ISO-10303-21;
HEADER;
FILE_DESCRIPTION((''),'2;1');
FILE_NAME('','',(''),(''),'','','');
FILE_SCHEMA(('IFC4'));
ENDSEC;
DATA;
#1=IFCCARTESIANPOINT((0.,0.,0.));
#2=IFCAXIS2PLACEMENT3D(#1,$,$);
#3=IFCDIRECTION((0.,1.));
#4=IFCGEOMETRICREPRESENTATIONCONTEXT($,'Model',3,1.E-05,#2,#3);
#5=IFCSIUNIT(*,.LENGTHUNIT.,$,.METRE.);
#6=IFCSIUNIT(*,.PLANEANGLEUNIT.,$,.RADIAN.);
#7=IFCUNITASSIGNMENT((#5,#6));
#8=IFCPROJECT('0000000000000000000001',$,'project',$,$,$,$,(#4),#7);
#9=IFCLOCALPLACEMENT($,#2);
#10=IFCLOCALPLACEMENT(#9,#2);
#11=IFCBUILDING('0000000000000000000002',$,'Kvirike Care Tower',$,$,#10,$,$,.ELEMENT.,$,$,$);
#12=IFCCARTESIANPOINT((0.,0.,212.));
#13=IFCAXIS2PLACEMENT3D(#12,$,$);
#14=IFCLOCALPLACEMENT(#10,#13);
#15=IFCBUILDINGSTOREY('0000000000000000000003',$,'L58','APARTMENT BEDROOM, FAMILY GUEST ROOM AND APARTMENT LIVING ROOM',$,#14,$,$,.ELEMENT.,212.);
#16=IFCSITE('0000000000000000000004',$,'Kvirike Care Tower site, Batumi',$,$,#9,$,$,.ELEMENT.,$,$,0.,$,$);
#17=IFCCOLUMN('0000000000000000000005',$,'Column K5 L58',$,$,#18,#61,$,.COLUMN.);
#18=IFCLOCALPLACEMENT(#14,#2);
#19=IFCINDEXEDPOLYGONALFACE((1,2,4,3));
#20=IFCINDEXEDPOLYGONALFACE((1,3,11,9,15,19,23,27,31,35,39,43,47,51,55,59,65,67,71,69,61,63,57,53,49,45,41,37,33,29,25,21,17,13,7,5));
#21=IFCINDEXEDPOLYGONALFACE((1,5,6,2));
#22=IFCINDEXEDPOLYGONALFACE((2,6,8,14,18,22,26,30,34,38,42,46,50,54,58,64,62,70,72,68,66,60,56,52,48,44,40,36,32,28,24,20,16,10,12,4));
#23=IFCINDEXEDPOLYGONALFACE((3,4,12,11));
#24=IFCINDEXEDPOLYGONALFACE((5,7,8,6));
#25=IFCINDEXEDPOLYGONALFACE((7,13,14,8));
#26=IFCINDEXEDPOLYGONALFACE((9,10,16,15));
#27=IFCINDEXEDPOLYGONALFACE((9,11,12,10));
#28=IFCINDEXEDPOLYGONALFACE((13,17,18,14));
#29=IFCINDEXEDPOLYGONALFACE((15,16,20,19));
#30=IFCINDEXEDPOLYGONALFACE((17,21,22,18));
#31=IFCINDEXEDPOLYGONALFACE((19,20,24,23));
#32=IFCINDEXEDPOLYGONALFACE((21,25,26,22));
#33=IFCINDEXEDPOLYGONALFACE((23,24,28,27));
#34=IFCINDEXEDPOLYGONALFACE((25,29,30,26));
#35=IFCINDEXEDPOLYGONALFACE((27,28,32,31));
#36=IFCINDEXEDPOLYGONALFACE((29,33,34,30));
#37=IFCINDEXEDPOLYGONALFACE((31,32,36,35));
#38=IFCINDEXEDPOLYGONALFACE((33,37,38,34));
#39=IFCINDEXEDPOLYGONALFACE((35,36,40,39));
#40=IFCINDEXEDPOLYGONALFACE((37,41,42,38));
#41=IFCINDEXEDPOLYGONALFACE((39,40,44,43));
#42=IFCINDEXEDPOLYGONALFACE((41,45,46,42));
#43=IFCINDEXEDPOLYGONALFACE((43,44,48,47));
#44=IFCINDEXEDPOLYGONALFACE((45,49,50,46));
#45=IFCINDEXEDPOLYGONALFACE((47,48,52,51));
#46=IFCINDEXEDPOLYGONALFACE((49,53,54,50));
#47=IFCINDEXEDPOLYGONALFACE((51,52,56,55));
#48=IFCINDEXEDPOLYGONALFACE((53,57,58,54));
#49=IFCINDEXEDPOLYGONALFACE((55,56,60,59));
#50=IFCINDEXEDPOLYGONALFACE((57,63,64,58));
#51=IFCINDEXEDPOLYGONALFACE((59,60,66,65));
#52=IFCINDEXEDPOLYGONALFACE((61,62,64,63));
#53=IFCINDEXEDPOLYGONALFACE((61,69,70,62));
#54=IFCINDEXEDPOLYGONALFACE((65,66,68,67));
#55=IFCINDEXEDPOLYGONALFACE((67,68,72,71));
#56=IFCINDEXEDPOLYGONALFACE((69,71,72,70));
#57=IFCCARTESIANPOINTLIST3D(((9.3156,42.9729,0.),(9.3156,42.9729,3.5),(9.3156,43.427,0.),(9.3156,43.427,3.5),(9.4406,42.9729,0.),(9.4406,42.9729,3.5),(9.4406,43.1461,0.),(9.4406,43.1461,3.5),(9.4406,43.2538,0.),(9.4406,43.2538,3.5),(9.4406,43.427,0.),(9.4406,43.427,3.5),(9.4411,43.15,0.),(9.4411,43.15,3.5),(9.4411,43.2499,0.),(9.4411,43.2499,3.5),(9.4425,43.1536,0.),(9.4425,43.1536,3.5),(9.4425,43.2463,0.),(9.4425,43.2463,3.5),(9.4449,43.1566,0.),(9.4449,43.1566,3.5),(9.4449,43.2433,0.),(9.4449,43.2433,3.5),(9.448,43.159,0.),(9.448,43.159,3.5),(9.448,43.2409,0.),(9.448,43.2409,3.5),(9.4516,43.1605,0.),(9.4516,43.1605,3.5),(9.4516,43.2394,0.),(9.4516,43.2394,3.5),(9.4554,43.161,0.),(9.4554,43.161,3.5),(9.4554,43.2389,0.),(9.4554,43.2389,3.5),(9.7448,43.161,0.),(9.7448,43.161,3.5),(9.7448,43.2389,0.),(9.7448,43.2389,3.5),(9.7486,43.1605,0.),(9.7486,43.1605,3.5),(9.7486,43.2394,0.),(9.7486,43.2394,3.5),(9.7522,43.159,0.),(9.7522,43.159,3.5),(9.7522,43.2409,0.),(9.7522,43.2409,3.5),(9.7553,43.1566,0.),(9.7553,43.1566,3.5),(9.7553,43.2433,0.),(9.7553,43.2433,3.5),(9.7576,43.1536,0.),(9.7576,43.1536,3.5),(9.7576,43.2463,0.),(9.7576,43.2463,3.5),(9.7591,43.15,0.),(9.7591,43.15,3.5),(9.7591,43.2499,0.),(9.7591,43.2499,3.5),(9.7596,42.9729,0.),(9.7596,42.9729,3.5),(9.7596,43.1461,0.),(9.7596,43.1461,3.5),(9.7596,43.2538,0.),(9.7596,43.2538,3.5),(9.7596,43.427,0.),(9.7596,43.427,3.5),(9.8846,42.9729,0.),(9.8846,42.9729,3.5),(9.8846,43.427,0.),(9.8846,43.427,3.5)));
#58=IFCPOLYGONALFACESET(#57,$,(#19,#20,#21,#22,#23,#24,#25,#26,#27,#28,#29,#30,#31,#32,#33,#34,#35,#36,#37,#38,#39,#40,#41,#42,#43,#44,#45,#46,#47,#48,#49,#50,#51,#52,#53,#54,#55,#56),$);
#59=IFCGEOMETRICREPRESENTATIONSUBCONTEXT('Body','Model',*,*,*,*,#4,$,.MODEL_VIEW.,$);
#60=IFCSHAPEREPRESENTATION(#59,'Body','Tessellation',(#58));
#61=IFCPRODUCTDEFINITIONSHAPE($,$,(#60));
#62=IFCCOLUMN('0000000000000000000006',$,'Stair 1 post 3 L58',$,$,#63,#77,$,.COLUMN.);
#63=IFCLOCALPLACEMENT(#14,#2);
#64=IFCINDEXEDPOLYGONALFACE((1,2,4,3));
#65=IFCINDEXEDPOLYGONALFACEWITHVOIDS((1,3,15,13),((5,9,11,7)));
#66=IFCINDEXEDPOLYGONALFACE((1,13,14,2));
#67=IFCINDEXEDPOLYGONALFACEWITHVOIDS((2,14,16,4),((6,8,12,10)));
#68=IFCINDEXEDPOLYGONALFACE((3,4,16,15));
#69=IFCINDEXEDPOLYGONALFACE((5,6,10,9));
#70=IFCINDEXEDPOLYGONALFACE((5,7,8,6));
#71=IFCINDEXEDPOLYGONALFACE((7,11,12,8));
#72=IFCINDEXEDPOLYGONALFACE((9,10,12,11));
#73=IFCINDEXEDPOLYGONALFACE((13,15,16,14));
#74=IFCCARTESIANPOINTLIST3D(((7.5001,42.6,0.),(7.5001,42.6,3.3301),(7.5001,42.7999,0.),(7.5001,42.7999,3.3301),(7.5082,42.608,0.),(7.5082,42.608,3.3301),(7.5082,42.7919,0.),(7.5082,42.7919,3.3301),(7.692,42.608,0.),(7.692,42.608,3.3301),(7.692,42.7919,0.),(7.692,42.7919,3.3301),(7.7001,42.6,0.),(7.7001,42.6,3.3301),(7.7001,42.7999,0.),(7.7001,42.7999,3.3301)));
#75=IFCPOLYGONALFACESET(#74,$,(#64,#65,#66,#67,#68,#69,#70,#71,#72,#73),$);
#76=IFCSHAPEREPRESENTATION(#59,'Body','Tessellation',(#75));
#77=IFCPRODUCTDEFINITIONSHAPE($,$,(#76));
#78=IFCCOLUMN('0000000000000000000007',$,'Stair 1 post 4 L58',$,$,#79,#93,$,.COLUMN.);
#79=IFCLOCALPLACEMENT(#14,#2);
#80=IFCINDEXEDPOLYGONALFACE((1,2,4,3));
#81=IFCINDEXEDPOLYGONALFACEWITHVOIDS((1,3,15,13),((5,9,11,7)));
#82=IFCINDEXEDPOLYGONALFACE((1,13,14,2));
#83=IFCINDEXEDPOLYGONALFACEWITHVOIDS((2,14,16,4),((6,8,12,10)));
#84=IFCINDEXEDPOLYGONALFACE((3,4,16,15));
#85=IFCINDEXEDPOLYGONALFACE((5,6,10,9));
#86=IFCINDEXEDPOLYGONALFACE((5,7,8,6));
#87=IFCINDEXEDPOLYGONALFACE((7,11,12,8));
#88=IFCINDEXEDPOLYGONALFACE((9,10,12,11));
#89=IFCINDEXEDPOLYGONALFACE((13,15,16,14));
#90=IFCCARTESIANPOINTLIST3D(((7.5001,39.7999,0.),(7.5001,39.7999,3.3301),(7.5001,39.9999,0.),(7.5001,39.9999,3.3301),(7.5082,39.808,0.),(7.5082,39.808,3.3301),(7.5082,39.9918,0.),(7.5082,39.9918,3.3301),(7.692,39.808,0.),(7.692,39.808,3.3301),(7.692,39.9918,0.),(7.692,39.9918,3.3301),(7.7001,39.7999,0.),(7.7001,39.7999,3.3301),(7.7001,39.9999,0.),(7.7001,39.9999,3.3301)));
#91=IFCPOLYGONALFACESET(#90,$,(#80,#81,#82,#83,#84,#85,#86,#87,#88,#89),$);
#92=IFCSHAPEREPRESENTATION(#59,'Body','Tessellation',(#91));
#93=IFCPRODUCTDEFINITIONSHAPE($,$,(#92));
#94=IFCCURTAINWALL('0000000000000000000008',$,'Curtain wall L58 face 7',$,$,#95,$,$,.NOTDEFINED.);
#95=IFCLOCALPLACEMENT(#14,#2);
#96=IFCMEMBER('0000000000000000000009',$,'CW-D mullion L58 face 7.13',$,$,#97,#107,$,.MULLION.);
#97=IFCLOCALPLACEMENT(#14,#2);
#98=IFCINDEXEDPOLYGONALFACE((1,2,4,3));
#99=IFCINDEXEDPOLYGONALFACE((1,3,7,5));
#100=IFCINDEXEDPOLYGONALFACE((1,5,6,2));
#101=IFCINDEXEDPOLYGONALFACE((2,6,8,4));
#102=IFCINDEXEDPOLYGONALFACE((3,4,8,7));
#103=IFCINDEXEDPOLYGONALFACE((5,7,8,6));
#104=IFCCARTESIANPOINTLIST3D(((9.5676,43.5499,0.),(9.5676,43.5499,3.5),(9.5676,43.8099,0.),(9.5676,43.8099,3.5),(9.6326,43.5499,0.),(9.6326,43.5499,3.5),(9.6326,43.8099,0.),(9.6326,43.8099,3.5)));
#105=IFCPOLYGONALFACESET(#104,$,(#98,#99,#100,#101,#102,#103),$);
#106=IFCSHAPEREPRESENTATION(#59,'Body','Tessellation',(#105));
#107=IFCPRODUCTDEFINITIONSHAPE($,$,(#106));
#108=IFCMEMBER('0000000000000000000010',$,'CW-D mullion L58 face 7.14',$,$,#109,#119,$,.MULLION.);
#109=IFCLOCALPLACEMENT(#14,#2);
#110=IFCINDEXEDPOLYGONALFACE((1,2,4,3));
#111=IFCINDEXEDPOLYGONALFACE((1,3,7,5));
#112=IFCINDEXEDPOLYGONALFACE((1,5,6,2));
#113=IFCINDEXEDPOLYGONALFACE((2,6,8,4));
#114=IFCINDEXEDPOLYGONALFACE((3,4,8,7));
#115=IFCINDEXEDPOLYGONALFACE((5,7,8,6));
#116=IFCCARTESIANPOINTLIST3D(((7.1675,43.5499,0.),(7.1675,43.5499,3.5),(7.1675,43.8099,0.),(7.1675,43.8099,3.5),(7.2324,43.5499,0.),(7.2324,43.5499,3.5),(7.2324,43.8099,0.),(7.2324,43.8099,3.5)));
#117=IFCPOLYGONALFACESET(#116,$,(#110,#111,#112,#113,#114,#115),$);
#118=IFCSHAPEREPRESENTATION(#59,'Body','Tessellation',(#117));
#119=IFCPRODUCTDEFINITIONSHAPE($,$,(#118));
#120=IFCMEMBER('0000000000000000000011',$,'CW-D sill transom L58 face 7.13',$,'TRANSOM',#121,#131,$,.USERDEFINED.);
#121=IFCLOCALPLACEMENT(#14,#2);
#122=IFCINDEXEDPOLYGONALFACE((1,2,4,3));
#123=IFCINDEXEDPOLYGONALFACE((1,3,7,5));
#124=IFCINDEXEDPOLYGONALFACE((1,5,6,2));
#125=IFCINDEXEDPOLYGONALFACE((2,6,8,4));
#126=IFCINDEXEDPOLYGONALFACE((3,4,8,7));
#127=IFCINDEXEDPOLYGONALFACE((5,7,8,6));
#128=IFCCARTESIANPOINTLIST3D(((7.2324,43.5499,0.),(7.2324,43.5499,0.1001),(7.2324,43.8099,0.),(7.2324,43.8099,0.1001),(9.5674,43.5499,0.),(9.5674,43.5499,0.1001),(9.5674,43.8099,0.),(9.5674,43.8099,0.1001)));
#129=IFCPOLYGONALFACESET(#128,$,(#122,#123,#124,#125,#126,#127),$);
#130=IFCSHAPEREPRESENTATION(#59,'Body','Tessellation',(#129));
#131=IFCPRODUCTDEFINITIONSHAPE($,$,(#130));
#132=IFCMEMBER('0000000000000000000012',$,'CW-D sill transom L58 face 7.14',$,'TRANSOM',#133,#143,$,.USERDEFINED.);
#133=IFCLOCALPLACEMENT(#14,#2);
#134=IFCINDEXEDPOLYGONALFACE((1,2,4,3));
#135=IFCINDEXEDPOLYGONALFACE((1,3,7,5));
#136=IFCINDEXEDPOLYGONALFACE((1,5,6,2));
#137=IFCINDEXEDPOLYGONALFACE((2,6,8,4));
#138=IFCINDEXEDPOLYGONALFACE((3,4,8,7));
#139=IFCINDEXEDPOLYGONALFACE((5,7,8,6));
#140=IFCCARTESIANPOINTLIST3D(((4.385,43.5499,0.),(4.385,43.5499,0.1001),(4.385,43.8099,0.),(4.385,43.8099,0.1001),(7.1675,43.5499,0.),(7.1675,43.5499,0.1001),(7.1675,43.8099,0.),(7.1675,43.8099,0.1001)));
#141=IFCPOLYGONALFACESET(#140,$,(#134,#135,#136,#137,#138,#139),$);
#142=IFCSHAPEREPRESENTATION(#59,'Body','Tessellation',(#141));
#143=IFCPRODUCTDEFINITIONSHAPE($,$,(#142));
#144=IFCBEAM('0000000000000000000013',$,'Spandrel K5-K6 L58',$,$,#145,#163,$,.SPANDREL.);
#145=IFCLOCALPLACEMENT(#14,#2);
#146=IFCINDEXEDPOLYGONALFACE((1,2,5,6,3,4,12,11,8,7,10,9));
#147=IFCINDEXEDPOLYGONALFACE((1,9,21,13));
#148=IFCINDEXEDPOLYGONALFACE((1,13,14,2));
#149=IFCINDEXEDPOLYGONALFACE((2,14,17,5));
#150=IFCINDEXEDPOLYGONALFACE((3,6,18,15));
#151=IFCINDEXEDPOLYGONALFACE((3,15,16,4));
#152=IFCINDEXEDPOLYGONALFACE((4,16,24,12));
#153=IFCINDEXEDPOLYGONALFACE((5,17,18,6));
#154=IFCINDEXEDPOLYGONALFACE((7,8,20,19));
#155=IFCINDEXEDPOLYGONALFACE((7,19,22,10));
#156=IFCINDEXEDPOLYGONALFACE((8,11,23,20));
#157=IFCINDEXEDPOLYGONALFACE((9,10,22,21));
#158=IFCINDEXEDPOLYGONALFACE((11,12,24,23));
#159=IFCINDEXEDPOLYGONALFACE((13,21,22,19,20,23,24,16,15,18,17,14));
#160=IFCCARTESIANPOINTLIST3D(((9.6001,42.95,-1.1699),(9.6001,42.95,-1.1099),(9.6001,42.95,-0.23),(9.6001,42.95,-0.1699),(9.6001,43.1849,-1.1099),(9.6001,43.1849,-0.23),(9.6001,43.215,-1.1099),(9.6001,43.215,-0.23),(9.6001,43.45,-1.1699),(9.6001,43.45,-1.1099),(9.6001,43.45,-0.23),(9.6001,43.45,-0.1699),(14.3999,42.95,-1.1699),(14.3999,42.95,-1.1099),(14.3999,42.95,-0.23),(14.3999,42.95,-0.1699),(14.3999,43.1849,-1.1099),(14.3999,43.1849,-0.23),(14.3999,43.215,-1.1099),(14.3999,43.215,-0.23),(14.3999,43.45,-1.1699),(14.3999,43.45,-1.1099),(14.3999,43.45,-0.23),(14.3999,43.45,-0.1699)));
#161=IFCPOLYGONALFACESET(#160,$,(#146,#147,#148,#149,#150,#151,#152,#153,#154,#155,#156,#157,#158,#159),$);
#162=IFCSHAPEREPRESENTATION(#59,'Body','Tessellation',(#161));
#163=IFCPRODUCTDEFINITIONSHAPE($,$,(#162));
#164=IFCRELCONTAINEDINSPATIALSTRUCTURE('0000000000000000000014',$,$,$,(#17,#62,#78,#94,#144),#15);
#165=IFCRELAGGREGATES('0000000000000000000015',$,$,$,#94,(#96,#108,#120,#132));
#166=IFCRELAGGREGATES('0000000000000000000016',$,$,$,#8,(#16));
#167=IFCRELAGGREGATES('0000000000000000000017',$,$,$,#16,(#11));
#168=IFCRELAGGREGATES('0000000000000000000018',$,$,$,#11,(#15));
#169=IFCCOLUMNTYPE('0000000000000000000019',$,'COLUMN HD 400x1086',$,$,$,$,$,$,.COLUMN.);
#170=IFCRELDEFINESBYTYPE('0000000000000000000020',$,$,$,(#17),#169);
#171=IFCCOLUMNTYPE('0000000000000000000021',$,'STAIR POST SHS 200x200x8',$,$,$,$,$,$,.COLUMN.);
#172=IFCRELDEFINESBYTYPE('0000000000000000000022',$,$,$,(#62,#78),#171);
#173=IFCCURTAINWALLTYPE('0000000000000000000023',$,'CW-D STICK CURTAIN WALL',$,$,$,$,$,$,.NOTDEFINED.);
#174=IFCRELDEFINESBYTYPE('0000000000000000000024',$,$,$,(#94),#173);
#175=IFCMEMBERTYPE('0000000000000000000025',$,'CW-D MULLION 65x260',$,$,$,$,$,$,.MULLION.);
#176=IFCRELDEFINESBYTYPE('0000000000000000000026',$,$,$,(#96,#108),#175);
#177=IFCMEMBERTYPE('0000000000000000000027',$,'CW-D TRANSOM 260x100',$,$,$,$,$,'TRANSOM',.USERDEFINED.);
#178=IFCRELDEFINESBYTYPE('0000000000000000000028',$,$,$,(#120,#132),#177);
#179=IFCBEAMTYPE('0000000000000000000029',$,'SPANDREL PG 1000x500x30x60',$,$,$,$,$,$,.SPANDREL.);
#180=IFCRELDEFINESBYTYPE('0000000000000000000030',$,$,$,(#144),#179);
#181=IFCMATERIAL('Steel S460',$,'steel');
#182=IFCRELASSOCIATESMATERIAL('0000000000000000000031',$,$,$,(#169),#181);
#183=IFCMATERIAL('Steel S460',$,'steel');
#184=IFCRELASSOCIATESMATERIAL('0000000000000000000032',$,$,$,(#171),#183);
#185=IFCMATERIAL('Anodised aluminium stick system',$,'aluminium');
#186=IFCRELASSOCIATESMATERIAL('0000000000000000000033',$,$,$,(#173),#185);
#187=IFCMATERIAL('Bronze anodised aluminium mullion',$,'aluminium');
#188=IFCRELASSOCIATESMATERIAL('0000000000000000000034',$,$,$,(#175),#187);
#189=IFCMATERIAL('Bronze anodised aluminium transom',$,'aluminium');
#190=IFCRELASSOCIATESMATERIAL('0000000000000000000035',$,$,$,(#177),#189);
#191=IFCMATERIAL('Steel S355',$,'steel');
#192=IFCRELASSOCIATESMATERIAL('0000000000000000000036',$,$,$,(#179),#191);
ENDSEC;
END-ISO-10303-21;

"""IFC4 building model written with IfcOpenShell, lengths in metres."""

from ifc_helpers import new_model, si_unit, direction, frame, origin, origin_2d, place, context, subcontext, project, spatial, rectangle, hollow_rectangle, i_section, extrude, material, material_profile, profile_set, type_object, element, aggregate, save


model = new_model("IFC4")

# Units and contexts
model_context = context("Model", 3, precision=1e-05, world=origin(), true_north=direction((0.0, 1.0)))
body_context = subcontext(model_context, "Body", "Model", "MODEL_VIEW")
ifc_project = project(units=[si_unit("LENGTHUNIT", "METRE"), si_unit("PLANEANGLEUNIT", "RADIAN")], contexts=[model_context])

# Site, building, storey
site_placement = place(None, origin())
site = spatial("IfcSite", under=ifc_project, at=site_placement, Name="Kvirike Care Tower site, Batumi", CompositionType="ELEMENT", RefElevation=0.0)
building_placement = place(site_placement, origin())
building = spatial("IfcBuilding", under=site, at=building_placement, Name="Kvirike Care Tower", CompositionType="ELEMENT")
storey_placement = place(building_placement, frame((0.0, 0.0, 212.0)))
storey = spatial("IfcBuildingStorey", under=building, at=storey_placement, Name="L58", Description="APARTMENT BEDROOM, FAMILY GUEST ROOM AND APARTMENT LIVING ROOM", CompositionType="ELEMENT", Elevation=212.0)

# Columns
ifc_material_1 = material(Name="Steel S460", Category="steel")
ifc_material_profile_1 = material_profile(ifc_material_1, i_section(OverallWidth=0.4541, OverallDepth=0.5691, WebThickness=0.0779, FlangeThickness=0.125, FilletRadius=0.0149, at=origin_2d()), Name="HD 400x1086")
ifc_profile_set_1 = profile_set([ifc_material_profile_1], Name="Steel S460")
column_type_1 = type_object("IfcColumnType", Name="COLUMN HD 400x1086", PredefinedType="COLUMN", material=ifc_profile_set_1)
column_placement = place(storey_placement, frame((9.6001, 43.2, 0.0), z_axis=(0.0, 0.0, 1.0), x_axis=(0.0, 1.0, 0.0)))
element("IfcColumn", 1, at=column_placement, inside=storey, type_object=column_type_1, Name="Column K5 L58", PredefinedType="COLUMN", context=body_context, shape_type="SweptSolid", body=[
    extrude(i_section(OverallWidth=0.4541, OverallDepth=0.5691, WebThickness=0.0779, FlangeThickness=0.125, FilletRadius=0.0149, at=origin_2d()), origin(), (0.0, 0.0, 1.0), 3.5),
])
ifc_material_2 = material(Name="Steel S460", Category="steel")
ifc_material_profile_2 = material_profile(ifc_material_2, hollow_rectangle(XDim=0.2, YDim=0.2, WallThickness=0.0081, at=origin_2d()), Name="SHS 200x200x8")
ifc_profile_set_2 = profile_set([ifc_material_profile_2], Name="Steel S460")
column_type_2 = type_object("IfcColumnType", Name="STAIR POST SHS 200x200x8", PredefinedType="COLUMN", material=ifc_profile_set_2)
for number, where, z_axis, x_axis, name in (
    (2, (7.6001, 42.7, 0.0), (0.0, 0.0, 1.0), (1.0, 0.0, 0.0), "Stair 1 post 3 L58"),
    (3, (7.6001, 39.8999, 0.0), (0.0, 0.0, 1.0), (1.0, 0.0, 0.0), "Stair 1 post 4 L58"),
):
    element("IfcColumn", number, at=place(storey_placement, frame(where, z_axis=z_axis, x_axis=x_axis)), inside=storey, type_object=column_type_2, Name=name, PredefinedType="COLUMN", context=body_context, shape_type="SweptSolid", body=[
        extrude(hollow_rectangle(XDim=0.2, YDim=0.2, WallThickness=0.0081, at=origin_2d()), origin(), (0.0, 0.0, 1.0), 3.3301),
    ])

# Curtain wall, members
ifc_material_3 = material(Name="Anodised aluminium stick system", Category="aluminium")
curtain_wall_type = type_object("IfcCurtainWallType", Name="CW-D STICK CURTAIN WALL", PredefinedType="NOTDEFINED", material=ifc_material_3)
curtain_wall_placement = place(storey_placement, origin())
curtain_wall = element("IfcCurtainWall", 4, at=curtain_wall_placement, inside=storey, type_object=curtain_wall_type, Name="Curtain wall L58 face 7", PredefinedType="NOTDEFINED")
ifc_material_4 = material(Name="Bronze anodised aluminium mullion", Category="aluminium")
ifc_material_profile_3 = material_profile(ifc_material_4, rectangle(XDim=0.0649, YDim=0.26, at=origin_2d()), Name="CW-D MULLION 65x260")
ifc_profile_set_3 = profile_set([ifc_material_profile_3], Name="Bronze anodised aluminium mullion")
member_type_1 = type_object("IfcMemberType", Name="CW-D MULLION 65x260", PredefinedType="MULLION", material=ifc_profile_set_3)
member_1_placement = place(storey_placement, frame((9.6001, 43.6799, 0.0), z_axis=(0.0, 0.0, 1.0), x_axis=(-1.0, 0.0, 0.0)))
member_1 = element("IfcMember", 5, at=member_1_placement, type_object=member_type_1, Name="CW-D mullion L58 face 7.13", PredefinedType="MULLION", context=body_context, shape_type="SweptSolid", body=[
    extrude(rectangle(XDim=0.0649, YDim=0.26, at=origin_2d()), origin(), (0.0, 0.0, 1.0), 3.5),
])
member_2_placement = place(storey_placement, frame((7.2, 43.6799, 0.0), z_axis=(0.0, 0.0, 1.0), x_axis=(-1.0, 0.0, 0.0)))
member_2 = element("IfcMember", 6, at=member_2_placement, type_object=member_type_1, Name="CW-D mullion L58 face 7.14", PredefinedType="MULLION", context=body_context, shape_type="SweptSolid", body=[
    extrude(rectangle(XDim=0.0649, YDim=0.26, at=origin_2d()), origin(), (0.0, 0.0, 1.0), 3.5),
])
ifc_material_5 = material(Name="Bronze anodised aluminium transom", Category="aluminium")
ifc_material_profile_4 = material_profile(ifc_material_5, rectangle(XDim=0.26, YDim=0.1001, at=origin_2d()), Name="CW-D TRANSOM 260x100")
ifc_profile_set_4 = profile_set([ifc_material_profile_4], Name="Bronze anodised aluminium transom")
member_type_2 = type_object("IfcMemberType", Name="CW-D TRANSOM 260x100", ElementType="TRANSOM", PredefinedType="USERDEFINED", material=ifc_profile_set_4)
member_3_placement = place(storey_placement, frame((9.5674, 43.6799, 0.05), z_axis=(-1.0, 0.0, 0.0), x_axis=(0.0, -1.0, 0.0)))
member_3 = element("IfcMember", 7, at=member_3_placement, type_object=member_type_2, Name="CW-D sill transom L58 face 7.13", ObjectType="TRANSOM", PredefinedType="USERDEFINED", context=body_context, shape_type="SweptSolid", body=[
    extrude(rectangle(XDim=0.26, YDim=0.1001, at=origin_2d()), origin(), (0.0, 0.0, 1.0), 2.335),
])
member_4_placement = place(storey_placement, frame((7.1675, 43.6799, 0.05), z_axis=(-1.0, 0.0, 0.0), x_axis=(0.0, -1.0, 0.0)))
member_4 = element("IfcMember", 8, at=member_4_placement, type_object=member_type_2, Name="CW-D sill transom L58 face 7.14", ObjectType="TRANSOM", PredefinedType="USERDEFINED", context=body_context, shape_type="SweptSolid", body=[
    extrude(rectangle(XDim=0.26, YDim=0.1001, at=origin_2d()), origin(), (0.0, 0.0, 1.0), 2.7825),
])

# Beam
ifc_material_6 = material(Name="Steel S355", Category="steel")
ifc_material_profile_5 = material_profile(ifc_material_6, i_section(OverallWidth=0.5, OverallDepth=1.0, WebThickness=0.03, FlangeThickness=0.0601, at=origin_2d()), Name="PG 1000x500x30x60")
ifc_profile_set_5 = profile_set([ifc_material_profile_5], Name="Steel S355")
beam_type_1 = type_object("IfcBeamType", Name="SPANDREL PG 1000x500x30x60", PredefinedType="SPANDREL", material=ifc_profile_set_5)
beam_1_placement = place(storey_placement, frame((9.6001, 43.2, -0.6699), z_axis=(1.0, 0.0, 0.0), x_axis=(0.0, 1.0, 0.0)))
element("IfcBeam", 9, at=beam_1_placement, inside=storey, type_object=beam_type_1, Name="Spandrel K5-K6 L58", PredefinedType="SPANDREL", context=body_context, shape_type="SweptSolid", body=[
    extrude(i_section(OverallWidth=0.5, OverallDepth=1.0, WebThickness=0.03, FlangeThickness=0.0601, at=origin_2d()), origin(), (0.0, 0.0, 1.0), 4.7998),
])

aggregate(curtain_wall, [member_1, member_2, member_3, member_4])

save(model, "model.ifc")
